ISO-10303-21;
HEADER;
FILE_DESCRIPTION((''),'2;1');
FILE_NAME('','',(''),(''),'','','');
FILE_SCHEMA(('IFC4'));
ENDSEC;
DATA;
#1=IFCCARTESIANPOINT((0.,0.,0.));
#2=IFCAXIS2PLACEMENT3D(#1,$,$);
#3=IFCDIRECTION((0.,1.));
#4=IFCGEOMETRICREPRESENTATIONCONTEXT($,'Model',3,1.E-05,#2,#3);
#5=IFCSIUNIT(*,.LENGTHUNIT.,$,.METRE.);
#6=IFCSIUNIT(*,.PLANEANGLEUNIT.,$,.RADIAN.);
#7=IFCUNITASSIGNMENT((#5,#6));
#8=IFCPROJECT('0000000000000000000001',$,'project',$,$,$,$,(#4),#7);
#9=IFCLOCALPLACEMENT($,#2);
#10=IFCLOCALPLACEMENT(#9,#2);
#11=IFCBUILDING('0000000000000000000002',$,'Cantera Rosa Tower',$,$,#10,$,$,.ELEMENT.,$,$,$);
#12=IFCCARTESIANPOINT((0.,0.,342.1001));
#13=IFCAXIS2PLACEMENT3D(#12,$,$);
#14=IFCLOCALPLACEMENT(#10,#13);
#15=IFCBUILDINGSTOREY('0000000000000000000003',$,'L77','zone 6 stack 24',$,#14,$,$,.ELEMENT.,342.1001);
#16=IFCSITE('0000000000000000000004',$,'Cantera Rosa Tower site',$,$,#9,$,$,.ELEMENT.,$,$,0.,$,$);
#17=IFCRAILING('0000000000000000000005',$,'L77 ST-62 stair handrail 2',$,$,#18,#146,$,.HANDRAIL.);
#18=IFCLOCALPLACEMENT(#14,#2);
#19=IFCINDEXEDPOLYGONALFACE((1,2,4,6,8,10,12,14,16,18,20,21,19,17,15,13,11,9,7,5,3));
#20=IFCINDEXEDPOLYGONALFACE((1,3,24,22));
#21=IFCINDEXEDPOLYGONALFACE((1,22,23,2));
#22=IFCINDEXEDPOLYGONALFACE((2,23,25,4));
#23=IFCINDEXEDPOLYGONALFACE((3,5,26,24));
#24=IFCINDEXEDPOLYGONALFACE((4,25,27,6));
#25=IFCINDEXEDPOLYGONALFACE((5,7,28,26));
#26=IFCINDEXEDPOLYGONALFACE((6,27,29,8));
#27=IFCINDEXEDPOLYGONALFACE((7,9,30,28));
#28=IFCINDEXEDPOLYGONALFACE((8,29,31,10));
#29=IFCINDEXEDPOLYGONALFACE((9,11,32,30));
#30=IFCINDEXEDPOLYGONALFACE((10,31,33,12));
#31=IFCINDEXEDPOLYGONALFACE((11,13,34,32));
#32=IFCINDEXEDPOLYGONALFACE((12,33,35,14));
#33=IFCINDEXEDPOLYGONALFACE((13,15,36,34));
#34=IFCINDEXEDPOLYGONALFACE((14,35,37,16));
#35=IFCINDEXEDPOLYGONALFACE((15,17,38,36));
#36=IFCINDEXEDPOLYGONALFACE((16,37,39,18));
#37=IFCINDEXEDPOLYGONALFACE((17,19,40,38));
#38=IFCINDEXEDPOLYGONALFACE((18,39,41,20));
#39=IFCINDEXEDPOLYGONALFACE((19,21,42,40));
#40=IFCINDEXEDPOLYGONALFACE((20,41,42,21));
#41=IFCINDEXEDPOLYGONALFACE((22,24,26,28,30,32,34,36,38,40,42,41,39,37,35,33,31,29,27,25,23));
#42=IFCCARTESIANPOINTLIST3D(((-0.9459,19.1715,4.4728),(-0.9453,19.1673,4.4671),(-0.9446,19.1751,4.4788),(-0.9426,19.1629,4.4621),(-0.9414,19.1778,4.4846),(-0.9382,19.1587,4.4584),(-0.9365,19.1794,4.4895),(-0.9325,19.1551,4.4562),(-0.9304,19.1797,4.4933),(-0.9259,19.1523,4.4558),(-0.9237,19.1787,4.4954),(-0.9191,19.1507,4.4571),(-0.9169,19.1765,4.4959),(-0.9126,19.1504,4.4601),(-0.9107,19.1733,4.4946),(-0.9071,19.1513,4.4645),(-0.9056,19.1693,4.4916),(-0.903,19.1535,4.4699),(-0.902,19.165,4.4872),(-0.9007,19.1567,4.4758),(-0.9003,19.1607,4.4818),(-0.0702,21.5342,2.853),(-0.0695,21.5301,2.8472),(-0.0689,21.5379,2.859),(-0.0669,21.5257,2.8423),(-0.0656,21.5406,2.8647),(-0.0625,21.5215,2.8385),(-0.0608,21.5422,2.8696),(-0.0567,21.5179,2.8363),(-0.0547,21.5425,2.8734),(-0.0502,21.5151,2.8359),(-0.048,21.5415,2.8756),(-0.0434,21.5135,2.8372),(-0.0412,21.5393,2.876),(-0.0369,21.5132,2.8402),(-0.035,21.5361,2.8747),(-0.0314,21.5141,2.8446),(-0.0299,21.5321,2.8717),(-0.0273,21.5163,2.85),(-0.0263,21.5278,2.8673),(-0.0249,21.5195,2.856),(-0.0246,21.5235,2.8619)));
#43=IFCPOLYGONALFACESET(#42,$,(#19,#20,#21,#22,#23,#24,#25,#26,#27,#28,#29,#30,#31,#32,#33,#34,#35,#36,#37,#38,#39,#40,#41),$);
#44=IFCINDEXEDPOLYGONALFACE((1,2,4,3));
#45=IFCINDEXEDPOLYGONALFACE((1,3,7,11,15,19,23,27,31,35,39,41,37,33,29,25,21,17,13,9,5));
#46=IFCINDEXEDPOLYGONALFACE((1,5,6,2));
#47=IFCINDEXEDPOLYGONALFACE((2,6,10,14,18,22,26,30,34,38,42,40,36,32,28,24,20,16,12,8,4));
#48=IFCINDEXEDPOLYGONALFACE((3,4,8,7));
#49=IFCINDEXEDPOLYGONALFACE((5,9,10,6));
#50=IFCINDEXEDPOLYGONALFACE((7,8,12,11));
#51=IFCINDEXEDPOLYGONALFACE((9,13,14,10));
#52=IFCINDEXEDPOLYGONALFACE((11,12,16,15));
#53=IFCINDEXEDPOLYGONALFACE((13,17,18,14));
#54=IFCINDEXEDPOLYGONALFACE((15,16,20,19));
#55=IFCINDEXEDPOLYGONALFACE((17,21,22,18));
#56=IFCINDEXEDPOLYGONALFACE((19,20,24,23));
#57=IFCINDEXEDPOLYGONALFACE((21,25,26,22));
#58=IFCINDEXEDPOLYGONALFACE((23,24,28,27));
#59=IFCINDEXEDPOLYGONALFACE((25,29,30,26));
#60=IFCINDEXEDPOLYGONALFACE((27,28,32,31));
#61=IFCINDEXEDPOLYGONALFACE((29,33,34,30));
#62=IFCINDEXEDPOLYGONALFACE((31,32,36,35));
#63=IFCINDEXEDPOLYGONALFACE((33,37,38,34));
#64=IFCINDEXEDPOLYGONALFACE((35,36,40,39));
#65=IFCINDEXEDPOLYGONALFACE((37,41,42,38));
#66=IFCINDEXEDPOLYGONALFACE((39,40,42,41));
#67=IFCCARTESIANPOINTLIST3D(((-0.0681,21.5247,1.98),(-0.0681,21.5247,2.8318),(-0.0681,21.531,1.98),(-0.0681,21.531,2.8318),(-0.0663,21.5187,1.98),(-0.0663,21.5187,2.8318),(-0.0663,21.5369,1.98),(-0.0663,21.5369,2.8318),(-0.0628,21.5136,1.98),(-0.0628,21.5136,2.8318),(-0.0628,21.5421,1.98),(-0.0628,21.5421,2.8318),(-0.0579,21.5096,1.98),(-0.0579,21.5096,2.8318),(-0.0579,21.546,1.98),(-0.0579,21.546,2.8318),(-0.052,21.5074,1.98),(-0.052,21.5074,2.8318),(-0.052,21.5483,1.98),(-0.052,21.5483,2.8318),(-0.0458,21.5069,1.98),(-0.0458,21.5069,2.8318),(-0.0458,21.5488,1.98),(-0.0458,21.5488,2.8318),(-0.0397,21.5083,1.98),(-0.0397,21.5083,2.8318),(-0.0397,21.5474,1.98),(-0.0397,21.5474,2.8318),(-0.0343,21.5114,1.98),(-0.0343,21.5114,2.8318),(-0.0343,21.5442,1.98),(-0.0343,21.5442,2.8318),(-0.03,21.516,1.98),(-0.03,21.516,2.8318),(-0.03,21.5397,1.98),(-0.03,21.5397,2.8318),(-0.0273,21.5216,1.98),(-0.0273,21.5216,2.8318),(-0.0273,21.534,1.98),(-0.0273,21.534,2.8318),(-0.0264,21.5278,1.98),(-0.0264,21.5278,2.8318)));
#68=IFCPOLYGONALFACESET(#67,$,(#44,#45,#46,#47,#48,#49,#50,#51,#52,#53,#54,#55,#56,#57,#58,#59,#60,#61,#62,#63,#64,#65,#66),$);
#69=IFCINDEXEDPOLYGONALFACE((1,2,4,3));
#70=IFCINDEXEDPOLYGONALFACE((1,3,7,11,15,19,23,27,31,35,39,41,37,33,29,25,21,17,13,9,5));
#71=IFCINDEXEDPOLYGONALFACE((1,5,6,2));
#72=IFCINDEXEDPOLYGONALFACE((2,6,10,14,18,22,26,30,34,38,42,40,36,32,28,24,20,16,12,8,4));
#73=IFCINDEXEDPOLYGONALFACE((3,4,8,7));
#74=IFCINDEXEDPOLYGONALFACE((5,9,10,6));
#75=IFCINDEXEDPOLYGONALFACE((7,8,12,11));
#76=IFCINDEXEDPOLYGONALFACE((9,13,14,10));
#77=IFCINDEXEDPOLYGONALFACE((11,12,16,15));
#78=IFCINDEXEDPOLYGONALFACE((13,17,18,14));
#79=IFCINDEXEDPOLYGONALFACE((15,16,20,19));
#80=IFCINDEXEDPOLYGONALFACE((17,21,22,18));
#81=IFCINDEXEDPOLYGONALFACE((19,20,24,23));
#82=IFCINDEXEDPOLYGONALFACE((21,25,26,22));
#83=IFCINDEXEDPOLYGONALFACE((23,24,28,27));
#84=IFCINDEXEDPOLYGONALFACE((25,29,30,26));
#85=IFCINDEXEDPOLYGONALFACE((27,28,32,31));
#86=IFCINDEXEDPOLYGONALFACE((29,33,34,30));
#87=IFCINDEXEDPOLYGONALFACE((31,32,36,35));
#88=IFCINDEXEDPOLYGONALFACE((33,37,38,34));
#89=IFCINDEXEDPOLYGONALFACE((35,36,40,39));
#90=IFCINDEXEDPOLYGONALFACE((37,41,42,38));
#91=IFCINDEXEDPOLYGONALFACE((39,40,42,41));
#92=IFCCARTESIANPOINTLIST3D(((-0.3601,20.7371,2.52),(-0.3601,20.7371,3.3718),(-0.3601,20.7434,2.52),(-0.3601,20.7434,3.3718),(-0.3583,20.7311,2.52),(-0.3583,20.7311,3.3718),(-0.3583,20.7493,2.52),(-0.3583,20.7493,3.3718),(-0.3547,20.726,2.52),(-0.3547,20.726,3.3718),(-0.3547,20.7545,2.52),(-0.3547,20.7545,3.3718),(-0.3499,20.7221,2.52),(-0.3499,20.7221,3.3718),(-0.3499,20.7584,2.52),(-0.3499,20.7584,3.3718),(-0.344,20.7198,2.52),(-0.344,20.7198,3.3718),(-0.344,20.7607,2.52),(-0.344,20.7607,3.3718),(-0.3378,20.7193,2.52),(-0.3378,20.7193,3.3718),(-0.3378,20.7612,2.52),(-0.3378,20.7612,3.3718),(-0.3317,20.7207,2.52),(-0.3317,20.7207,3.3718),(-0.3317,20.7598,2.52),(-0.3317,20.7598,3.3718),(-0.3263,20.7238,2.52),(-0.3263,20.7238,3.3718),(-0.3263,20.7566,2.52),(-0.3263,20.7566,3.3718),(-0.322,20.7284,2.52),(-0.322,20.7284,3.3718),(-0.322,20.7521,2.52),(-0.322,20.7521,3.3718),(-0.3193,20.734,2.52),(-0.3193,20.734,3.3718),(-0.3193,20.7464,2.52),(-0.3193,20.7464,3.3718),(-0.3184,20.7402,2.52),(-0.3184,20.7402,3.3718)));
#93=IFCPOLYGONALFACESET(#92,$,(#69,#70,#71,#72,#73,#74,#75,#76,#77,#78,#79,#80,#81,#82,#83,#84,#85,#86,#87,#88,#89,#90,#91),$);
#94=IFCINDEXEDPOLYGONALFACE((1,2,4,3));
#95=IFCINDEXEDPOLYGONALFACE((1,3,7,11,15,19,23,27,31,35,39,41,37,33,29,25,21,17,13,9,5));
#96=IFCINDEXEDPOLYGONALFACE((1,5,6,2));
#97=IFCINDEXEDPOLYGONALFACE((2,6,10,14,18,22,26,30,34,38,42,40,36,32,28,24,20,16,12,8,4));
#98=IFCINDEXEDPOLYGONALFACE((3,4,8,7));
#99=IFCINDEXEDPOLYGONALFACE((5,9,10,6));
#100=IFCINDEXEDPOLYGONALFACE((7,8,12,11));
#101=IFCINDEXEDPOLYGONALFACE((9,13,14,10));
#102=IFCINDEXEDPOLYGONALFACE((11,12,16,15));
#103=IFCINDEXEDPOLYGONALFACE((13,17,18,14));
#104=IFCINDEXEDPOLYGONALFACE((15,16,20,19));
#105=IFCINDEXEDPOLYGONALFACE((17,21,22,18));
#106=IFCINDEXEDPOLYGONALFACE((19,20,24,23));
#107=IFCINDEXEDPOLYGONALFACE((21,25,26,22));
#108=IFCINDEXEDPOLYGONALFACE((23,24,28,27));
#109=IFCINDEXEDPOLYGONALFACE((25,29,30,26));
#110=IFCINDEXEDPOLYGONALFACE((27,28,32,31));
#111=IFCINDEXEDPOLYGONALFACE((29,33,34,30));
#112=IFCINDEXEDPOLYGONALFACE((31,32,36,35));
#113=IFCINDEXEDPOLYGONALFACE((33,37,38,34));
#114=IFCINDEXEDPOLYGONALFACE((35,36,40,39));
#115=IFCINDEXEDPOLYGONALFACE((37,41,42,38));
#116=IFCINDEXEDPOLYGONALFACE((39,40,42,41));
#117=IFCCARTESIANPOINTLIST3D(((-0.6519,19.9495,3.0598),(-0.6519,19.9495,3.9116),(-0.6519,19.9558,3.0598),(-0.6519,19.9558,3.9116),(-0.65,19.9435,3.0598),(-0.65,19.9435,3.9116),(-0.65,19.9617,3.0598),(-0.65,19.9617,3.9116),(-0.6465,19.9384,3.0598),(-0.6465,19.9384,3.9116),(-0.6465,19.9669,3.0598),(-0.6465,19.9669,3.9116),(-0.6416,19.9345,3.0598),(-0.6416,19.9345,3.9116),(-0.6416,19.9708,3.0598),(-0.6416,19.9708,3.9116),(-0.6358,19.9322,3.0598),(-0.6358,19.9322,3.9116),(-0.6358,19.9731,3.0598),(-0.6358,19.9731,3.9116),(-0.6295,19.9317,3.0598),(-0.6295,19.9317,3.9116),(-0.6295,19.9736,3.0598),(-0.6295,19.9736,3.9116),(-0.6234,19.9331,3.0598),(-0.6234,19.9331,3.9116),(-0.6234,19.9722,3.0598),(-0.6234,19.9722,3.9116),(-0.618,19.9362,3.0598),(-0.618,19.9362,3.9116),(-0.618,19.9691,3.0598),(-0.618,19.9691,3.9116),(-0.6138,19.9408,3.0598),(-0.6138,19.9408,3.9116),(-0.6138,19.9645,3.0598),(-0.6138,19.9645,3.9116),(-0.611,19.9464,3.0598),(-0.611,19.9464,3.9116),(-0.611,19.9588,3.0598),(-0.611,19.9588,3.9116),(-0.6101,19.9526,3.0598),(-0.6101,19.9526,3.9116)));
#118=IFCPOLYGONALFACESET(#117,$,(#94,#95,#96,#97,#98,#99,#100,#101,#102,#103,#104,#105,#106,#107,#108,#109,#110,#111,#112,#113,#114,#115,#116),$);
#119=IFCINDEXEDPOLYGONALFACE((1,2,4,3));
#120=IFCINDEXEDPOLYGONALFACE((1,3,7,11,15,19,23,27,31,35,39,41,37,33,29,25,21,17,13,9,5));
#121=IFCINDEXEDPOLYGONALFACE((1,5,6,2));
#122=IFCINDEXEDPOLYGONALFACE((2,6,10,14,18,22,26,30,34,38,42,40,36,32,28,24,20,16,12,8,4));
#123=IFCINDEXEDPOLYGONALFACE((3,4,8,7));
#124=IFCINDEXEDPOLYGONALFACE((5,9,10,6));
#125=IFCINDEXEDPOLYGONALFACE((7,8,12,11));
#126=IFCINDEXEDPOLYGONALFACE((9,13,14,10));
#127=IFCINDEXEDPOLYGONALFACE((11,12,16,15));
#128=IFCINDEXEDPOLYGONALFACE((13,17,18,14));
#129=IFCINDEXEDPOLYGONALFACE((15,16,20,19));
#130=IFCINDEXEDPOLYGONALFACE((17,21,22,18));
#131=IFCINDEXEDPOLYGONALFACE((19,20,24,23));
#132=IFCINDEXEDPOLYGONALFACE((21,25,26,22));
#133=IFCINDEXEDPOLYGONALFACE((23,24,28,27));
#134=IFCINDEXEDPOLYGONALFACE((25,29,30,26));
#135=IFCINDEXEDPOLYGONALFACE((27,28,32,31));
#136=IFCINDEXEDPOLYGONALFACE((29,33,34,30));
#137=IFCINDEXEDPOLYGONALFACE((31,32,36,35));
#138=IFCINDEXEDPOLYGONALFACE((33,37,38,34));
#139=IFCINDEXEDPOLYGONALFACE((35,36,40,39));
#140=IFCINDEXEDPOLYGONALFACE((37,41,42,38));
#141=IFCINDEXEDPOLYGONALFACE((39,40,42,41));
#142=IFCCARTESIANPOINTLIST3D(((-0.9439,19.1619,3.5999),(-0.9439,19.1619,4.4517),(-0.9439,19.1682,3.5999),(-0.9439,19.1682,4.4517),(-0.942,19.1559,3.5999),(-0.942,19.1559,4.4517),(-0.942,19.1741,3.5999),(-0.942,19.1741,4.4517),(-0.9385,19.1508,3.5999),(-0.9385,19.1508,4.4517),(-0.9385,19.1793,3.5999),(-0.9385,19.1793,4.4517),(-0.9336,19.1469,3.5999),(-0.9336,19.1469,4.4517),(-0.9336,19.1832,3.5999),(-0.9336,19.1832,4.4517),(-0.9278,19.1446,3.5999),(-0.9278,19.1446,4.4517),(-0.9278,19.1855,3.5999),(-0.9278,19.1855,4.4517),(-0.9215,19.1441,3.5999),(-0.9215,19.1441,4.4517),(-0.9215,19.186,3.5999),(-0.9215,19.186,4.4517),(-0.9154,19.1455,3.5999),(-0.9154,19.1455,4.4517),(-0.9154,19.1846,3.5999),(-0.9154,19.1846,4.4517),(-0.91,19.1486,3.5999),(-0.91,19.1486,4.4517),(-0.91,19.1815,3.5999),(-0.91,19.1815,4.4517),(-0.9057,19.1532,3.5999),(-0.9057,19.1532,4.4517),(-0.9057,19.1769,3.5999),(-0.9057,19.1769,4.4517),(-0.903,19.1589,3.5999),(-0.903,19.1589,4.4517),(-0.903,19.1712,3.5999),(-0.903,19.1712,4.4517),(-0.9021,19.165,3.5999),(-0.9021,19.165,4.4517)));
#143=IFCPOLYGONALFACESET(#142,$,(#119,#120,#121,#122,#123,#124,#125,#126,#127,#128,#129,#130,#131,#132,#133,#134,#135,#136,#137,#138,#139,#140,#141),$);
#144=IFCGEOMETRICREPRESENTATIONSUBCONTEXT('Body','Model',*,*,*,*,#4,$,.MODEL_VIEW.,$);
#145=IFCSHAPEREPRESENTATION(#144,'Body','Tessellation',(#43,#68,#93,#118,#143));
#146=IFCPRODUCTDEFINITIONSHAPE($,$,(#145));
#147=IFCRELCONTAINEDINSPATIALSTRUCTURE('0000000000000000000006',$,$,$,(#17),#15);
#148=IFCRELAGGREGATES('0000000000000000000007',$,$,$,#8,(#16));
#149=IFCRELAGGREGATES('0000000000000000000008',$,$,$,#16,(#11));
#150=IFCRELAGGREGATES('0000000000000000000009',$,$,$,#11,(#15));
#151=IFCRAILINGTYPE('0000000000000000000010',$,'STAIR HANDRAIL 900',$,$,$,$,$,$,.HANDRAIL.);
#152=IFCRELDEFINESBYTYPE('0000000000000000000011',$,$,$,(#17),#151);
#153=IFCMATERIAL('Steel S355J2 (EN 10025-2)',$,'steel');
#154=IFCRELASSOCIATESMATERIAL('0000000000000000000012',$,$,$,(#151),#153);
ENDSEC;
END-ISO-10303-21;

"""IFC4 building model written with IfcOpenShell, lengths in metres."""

from ifc_helpers import new_model, si_unit, direction, frame, origin, origin_2d, place, context, subcontext, project, spatial, circle, extrude, material, type_object, element, save


model = new_model("IFC4")

# Units and contexts
model_context = context("Model", 3, precision=1e-05, world=origin(), true_north=direction((0.0, 1.0)))
body_context = subcontext(model_context, "Body", "Model", "MODEL_VIEW")
ifc_project = project(units=[si_unit("LENGTHUNIT", "METRE"), si_unit("PLANEANGLEUNIT", "RADIAN")], contexts=[model_context])

# Site, building, storey
site_placement = place(None, origin())
site = spatial("IfcSite", under=ifc_project, at=site_placement, Name="Cantera Rosa Tower site", CompositionType="ELEMENT", RefElevation=0.0)
building_placement = place(site_placement, origin())
building = spatial("IfcBuilding", under=site, at=building_placement, Name="Cantera Rosa Tower", CompositionType="ELEMENT")
storey_placement = place(building_placement, frame((0.0, 0.0, 342.1001)))
storey = spatial("IfcBuildingStorey", under=building, at=storey_placement, Name="L77", Description="zone 6 stack 24", CompositionType="ELEMENT", Elevation=342.1001)

# Railing
ifc_material_1 = material(Name="Steel S355J2 (EN 10025-2)", Category="steel")
railing_type = type_object("IfcRailingType", Name="STAIR HANDRAIL 900", PredefinedType="HANDRAIL", material=ifc_material_1)
railing_placement = place(storey_placement, frame((-0.0474, 21.5278, 1.98)))
element("IfcRailing", 1, at=railing_placement, inside=storey, type_object=railing_type, Name="L77 ST-62 stair handrail 2", PredefinedType="HANDRAIL", context=body_context, shape_type="SweptSolid", body=[
    extrude(circle(Radius=0.0239, at=origin_2d()), frame((0.0, 0.0, 0.876), z_axis=(-0.292338, -0.788752, 0.540749), x_axis=(0.937668, -0.347532, 0.0)), (0.0, 0.0, 1.0), 2.9956),
    extrude(circle(Radius=0.021, at=origin_2d()), origin(), (0.0, 0.0, 1.0), 0.8518),
    extrude(circle(Radius=0.021, at=origin_2d()), frame((-0.292, -0.7876, 0.54)), (0.0, 0.0, 1.0), 0.8518),
    extrude(circle(Radius=0.021, at=origin_2d()), frame((-0.5837, -1.5752, 1.0798)), (0.0, 0.0, 1.0), 0.8518),
    extrude(circle(Radius=0.021, at=origin_2d()), frame((-0.8757, -2.3628, 1.6199)), (0.0, 0.0, 1.0), 0.8518),
])

save(model, "model.ifc")
